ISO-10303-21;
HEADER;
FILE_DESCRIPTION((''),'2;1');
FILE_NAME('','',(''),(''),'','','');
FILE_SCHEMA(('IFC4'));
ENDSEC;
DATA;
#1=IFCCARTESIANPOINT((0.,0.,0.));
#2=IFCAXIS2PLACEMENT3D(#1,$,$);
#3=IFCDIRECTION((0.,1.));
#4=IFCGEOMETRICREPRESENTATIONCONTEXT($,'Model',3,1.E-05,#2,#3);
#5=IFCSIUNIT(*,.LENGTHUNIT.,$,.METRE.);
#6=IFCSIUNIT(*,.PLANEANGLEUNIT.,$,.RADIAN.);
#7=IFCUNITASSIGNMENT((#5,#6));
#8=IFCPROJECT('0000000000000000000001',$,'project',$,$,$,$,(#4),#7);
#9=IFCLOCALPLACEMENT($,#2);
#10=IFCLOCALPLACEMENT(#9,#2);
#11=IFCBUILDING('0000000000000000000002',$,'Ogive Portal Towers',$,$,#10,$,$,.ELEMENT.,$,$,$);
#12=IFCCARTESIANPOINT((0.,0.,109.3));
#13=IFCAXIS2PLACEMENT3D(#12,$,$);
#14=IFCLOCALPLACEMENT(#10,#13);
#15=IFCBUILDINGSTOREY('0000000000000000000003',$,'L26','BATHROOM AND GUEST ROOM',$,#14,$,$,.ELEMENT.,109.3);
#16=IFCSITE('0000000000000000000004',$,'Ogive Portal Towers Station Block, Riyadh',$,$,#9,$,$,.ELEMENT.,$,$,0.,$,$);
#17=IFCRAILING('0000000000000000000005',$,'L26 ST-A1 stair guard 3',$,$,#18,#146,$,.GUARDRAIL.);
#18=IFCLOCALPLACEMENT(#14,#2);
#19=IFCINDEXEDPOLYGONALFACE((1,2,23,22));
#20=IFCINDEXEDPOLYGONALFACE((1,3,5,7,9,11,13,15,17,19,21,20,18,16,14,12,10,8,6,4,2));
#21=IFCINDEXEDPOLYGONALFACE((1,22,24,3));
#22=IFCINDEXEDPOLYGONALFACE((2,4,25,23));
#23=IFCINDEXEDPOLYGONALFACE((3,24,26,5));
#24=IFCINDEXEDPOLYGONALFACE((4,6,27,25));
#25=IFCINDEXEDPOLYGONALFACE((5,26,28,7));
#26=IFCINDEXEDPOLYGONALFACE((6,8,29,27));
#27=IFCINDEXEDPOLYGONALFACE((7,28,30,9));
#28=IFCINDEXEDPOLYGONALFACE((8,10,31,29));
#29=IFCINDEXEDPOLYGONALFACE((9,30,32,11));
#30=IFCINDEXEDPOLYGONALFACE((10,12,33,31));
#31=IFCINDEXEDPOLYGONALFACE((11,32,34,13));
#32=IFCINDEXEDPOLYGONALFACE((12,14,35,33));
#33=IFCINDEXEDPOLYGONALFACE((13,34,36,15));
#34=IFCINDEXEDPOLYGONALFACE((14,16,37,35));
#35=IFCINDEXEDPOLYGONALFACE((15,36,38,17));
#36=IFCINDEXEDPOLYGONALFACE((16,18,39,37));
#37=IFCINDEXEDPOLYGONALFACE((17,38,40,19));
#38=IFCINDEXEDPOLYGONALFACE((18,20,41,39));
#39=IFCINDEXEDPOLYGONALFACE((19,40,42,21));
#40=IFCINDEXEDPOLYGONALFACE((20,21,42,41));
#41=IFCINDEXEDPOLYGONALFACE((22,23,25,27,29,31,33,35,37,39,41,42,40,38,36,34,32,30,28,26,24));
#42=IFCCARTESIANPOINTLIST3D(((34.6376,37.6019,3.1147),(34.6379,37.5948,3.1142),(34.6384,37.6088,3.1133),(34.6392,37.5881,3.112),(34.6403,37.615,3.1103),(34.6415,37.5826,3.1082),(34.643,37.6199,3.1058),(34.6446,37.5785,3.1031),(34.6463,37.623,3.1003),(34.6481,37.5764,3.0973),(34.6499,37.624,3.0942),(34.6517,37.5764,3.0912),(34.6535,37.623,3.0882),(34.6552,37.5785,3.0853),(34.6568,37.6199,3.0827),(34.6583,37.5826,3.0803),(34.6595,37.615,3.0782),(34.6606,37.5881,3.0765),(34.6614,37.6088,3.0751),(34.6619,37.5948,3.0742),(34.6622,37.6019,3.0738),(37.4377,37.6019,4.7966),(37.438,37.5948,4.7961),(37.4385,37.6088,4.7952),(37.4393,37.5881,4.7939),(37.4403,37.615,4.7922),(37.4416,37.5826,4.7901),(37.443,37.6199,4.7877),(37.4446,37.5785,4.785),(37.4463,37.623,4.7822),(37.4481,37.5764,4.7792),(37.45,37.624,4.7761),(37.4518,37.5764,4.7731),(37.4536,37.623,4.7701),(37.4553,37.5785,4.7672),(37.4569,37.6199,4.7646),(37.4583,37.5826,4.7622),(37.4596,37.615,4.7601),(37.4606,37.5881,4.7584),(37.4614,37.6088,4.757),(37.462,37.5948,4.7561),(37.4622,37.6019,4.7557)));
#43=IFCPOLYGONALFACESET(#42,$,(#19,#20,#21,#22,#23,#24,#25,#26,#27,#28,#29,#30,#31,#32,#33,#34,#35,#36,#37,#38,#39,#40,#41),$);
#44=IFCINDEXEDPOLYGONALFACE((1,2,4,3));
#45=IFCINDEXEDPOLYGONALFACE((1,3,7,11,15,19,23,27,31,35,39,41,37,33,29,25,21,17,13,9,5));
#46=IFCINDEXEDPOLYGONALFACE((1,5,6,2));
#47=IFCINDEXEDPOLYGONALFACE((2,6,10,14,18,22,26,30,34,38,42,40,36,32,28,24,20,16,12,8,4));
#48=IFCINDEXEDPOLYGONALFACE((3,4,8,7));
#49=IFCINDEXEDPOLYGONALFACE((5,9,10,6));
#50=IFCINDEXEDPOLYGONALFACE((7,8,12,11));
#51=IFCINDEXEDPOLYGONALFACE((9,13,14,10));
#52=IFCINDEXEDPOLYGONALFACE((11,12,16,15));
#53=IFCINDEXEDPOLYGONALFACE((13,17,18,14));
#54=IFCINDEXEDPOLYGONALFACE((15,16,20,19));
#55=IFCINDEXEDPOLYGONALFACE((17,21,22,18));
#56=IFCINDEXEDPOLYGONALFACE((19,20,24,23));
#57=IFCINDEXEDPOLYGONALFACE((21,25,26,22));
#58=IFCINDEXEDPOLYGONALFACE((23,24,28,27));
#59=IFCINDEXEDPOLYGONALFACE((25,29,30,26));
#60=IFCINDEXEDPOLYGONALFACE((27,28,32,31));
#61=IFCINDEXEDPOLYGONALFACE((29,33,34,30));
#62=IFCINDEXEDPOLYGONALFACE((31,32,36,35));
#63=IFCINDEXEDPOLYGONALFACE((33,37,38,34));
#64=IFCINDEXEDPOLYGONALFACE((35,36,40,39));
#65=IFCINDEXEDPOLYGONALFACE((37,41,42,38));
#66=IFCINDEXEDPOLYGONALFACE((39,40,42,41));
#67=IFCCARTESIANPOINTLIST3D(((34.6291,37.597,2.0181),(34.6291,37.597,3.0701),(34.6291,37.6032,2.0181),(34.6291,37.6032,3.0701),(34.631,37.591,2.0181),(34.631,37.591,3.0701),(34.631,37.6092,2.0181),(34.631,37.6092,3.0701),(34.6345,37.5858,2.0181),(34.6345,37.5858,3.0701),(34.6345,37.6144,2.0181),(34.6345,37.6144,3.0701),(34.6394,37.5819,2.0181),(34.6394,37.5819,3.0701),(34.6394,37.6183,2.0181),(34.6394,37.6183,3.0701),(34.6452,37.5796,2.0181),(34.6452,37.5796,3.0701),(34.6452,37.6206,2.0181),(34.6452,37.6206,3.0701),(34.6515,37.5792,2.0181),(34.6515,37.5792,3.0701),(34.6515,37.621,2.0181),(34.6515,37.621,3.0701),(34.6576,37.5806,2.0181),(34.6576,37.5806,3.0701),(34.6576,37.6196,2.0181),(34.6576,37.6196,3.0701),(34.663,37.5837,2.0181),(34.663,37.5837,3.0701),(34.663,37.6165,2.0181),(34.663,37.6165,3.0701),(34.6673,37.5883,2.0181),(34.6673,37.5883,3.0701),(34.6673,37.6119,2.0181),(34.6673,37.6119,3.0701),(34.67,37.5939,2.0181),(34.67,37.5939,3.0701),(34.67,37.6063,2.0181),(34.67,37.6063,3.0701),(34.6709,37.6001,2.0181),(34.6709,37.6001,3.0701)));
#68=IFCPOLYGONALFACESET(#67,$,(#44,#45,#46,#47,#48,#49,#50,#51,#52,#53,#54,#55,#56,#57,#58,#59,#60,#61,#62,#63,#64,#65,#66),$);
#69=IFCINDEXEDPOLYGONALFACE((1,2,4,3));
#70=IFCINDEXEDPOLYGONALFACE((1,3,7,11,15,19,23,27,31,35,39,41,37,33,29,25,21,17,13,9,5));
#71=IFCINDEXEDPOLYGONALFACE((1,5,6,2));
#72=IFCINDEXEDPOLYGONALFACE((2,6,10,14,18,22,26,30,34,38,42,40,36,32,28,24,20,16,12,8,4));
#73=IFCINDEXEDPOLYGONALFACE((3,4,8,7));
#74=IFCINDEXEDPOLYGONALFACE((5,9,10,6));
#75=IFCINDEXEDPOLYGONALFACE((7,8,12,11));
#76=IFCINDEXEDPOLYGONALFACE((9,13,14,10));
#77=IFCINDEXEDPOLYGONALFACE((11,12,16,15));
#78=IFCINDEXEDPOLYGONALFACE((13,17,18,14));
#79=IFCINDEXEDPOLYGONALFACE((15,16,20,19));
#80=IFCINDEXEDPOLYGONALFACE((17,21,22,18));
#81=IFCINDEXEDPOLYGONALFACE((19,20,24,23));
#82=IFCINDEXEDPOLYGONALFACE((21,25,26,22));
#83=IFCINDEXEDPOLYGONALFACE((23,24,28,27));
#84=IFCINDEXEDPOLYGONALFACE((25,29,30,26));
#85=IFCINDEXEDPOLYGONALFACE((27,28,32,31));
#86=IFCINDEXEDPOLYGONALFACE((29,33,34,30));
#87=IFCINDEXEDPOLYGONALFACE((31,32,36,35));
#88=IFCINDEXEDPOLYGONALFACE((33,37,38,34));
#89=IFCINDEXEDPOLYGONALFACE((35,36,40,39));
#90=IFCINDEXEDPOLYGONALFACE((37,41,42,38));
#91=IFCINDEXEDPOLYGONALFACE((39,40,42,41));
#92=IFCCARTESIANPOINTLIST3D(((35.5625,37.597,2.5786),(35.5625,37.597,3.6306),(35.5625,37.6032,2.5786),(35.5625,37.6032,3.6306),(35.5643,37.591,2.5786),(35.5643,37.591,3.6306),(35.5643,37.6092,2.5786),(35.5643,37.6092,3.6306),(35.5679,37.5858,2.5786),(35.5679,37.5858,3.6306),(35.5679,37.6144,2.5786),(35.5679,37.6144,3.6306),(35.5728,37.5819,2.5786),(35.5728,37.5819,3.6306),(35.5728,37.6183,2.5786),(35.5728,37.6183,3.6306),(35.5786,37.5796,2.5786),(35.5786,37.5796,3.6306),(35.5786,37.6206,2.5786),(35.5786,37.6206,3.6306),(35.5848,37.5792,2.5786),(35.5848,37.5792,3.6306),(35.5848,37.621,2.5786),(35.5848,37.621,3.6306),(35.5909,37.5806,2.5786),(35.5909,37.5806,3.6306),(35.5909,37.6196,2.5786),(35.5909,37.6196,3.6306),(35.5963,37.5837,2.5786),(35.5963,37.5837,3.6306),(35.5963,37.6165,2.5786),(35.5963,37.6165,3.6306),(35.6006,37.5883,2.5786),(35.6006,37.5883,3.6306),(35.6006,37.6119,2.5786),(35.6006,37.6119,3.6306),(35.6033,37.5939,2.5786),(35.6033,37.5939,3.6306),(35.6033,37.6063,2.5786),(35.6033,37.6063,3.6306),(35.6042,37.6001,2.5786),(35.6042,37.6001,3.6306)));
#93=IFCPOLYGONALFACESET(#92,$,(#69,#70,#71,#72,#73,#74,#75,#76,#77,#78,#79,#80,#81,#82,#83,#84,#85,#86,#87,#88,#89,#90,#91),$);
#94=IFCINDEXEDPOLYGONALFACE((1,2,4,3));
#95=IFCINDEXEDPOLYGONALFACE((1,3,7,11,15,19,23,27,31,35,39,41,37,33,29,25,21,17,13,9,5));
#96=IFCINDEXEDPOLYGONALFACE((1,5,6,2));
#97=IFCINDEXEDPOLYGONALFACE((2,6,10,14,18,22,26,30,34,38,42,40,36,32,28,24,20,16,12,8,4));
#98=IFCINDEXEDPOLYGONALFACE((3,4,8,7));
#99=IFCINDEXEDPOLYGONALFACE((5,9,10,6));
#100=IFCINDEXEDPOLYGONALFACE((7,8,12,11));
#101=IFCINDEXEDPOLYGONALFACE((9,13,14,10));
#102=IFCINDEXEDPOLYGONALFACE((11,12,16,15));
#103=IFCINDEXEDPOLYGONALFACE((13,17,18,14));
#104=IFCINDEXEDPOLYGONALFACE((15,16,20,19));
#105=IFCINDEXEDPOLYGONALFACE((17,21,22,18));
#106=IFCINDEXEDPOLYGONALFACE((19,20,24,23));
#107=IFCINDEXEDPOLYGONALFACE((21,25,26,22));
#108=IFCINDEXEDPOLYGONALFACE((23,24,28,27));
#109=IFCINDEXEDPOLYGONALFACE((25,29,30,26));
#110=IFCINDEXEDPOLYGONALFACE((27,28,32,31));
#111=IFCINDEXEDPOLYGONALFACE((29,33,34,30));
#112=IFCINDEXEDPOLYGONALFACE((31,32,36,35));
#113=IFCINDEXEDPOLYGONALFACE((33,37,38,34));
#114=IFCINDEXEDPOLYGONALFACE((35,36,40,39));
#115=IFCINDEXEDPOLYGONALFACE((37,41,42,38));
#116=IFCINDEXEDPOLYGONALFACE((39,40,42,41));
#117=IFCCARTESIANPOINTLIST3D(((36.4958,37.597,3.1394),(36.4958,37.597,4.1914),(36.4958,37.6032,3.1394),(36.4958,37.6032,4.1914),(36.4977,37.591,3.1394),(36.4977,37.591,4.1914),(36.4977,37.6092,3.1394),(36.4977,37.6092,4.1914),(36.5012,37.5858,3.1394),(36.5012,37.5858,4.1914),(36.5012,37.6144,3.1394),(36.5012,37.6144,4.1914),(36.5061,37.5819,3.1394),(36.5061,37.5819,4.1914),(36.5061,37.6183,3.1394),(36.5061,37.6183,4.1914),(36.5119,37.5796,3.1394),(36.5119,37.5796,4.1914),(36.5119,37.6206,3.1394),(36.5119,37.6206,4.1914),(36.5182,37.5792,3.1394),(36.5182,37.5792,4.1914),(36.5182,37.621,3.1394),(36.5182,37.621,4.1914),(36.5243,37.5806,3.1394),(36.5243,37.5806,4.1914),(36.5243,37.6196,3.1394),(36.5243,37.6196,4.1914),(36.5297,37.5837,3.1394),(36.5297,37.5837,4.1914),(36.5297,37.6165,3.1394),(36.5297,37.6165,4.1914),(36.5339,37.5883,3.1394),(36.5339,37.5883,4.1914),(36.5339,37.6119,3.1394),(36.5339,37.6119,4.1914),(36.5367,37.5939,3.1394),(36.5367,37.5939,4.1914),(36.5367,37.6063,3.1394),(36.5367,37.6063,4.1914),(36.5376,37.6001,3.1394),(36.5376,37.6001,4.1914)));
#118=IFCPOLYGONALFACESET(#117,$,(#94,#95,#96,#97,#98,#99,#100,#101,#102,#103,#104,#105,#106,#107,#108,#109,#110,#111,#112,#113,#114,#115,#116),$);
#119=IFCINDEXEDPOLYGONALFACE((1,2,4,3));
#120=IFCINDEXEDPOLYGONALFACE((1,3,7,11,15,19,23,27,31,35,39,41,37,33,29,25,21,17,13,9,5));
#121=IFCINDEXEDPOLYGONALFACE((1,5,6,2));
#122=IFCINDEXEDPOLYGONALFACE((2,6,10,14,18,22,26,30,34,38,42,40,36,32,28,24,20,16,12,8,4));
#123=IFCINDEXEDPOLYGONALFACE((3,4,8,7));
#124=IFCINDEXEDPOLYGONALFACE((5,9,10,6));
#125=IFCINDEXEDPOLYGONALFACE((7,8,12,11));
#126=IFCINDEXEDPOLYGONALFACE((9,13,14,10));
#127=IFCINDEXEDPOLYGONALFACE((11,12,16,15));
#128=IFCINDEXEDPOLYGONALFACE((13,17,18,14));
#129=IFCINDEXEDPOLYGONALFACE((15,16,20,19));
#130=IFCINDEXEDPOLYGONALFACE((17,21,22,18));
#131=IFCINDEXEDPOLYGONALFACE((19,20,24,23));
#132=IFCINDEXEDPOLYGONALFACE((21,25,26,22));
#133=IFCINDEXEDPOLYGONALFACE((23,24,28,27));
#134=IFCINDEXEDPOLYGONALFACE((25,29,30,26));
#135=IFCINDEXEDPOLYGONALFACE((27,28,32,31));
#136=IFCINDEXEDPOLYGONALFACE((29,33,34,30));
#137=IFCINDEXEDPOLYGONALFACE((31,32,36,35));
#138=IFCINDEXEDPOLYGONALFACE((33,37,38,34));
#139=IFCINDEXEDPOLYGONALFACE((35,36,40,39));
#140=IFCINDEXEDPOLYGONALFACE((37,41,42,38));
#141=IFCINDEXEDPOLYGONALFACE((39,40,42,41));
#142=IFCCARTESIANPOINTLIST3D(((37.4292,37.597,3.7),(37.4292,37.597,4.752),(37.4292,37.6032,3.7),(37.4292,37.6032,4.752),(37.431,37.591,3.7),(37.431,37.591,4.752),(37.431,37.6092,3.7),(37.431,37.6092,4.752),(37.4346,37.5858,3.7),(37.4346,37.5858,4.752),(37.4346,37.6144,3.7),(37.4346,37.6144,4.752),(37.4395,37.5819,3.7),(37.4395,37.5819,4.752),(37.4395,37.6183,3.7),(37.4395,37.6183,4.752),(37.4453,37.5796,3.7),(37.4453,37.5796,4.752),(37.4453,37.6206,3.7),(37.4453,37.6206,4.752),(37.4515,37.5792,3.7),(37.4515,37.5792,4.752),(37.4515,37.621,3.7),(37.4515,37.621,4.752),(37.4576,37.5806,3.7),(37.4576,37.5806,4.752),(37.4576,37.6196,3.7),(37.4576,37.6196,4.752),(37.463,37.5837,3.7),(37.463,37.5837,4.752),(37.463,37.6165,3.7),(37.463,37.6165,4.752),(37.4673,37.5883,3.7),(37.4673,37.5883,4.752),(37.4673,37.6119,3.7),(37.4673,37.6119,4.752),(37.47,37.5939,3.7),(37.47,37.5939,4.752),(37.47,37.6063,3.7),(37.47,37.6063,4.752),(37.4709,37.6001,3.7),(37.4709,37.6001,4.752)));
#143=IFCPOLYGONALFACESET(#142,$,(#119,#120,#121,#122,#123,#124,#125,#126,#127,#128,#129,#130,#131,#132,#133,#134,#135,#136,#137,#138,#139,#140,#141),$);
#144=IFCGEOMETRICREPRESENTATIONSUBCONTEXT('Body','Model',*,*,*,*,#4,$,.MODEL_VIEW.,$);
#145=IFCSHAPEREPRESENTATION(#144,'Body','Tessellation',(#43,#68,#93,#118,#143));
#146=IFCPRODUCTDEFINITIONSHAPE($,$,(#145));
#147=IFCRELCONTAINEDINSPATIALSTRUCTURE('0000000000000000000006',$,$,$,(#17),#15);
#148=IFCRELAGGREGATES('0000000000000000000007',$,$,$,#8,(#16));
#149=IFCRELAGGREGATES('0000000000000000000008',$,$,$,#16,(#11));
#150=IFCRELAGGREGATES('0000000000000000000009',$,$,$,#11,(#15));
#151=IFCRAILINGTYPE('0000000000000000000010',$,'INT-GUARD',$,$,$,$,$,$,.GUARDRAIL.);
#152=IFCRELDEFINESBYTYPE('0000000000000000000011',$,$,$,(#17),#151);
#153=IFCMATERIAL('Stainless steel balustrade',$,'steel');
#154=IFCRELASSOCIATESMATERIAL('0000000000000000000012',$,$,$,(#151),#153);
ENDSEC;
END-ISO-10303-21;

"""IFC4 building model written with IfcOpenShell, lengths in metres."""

from ifc_helpers import new_model, si_unit, direction, frame, origin, origin_2d, place, context, subcontext, project, spatial, circle, extrude, material, type_object, element, save


model = new_model("IFC4")

# Units and contexts
model_context = context("Model", 3, precision=1e-05, world=origin(), true_north=direction((0.0, 1.0)))
body_context = subcontext(model_context, "Body", "Model", "MODEL_VIEW")
ifc_project = project(units=[si_unit("LENGTHUNIT", "METRE"), si_unit("PLANEANGLEUNIT", "RADIAN")], contexts=[model_context])

# Site, building, storey
site_placement = place(None, origin())
site = spatial("IfcSite", under=ifc_project, at=site_placement, Name="Ogive Portal Towers Station Block, Riyadh", CompositionType="ELEMENT", RefElevation=0.0)
building_placement = place(site_placement, origin())
building = spatial("IfcBuilding", under=site, at=building_placement, Name="Ogive Portal Towers", CompositionType="ELEMENT")
storey_placement = place(building_placement, frame((0.0, 0.0, 109.3)))
storey = spatial("IfcBuildingStorey", under=building, at=storey_placement, Name="L26", Description="BATHROOM AND GUEST ROOM", CompositionType="ELEMENT", Elevation=109.3)

# Railing
ifc_material_1 = material(Name="Stainless steel balustrade", Category="steel")
railing_type_1 = type_object("IfcRailingType", Name="INT-GUARD", PredefinedType="GUARDRAIL", material=ifc_material_1)
railing_1_placement = place(storey_placement, frame((34.6499, 37.6001, 2.0181)))
element("IfcRailing", 1, at=railing_1_placement, inside=storey, type_object=railing_type_1, Name="L26 ST-A1 stair guard 3", PredefinedType="GUARDRAIL", context=body_context, shape_type="SweptSolid", body=[
    extrude(circle(Radius=0.0239, at=origin_2d()), frame((0.0, 0.0, 1.0762), z_axis=(0.857242, 0.0, 0.514913), x_axis=(0.0, 1.0, 0.0)), (0.0, 0.0, 1.0), 3.2664),
    extrude(circle(Radius=0.021, at=origin_2d()), origin(), (0.0, 0.0, 1.0), 1.052),
    extrude(circle(Radius=0.021, at=origin_2d()), frame((0.9333, 0.0, 0.5605)), (0.0, 0.0, 1.0), 1.052),
    extrude(circle(Radius=0.021, at=origin_2d()), frame((1.8667, 0.0, 1.1213)), (0.0, 0.0, 1.0), 1.052),
    extrude(circle(Radius=0.021, at=origin_2d()), frame((2.8, 0.0, 1.6819)), (0.0, 0.0, 1.0), 1.052),
])

save(model, "model.ifc")
